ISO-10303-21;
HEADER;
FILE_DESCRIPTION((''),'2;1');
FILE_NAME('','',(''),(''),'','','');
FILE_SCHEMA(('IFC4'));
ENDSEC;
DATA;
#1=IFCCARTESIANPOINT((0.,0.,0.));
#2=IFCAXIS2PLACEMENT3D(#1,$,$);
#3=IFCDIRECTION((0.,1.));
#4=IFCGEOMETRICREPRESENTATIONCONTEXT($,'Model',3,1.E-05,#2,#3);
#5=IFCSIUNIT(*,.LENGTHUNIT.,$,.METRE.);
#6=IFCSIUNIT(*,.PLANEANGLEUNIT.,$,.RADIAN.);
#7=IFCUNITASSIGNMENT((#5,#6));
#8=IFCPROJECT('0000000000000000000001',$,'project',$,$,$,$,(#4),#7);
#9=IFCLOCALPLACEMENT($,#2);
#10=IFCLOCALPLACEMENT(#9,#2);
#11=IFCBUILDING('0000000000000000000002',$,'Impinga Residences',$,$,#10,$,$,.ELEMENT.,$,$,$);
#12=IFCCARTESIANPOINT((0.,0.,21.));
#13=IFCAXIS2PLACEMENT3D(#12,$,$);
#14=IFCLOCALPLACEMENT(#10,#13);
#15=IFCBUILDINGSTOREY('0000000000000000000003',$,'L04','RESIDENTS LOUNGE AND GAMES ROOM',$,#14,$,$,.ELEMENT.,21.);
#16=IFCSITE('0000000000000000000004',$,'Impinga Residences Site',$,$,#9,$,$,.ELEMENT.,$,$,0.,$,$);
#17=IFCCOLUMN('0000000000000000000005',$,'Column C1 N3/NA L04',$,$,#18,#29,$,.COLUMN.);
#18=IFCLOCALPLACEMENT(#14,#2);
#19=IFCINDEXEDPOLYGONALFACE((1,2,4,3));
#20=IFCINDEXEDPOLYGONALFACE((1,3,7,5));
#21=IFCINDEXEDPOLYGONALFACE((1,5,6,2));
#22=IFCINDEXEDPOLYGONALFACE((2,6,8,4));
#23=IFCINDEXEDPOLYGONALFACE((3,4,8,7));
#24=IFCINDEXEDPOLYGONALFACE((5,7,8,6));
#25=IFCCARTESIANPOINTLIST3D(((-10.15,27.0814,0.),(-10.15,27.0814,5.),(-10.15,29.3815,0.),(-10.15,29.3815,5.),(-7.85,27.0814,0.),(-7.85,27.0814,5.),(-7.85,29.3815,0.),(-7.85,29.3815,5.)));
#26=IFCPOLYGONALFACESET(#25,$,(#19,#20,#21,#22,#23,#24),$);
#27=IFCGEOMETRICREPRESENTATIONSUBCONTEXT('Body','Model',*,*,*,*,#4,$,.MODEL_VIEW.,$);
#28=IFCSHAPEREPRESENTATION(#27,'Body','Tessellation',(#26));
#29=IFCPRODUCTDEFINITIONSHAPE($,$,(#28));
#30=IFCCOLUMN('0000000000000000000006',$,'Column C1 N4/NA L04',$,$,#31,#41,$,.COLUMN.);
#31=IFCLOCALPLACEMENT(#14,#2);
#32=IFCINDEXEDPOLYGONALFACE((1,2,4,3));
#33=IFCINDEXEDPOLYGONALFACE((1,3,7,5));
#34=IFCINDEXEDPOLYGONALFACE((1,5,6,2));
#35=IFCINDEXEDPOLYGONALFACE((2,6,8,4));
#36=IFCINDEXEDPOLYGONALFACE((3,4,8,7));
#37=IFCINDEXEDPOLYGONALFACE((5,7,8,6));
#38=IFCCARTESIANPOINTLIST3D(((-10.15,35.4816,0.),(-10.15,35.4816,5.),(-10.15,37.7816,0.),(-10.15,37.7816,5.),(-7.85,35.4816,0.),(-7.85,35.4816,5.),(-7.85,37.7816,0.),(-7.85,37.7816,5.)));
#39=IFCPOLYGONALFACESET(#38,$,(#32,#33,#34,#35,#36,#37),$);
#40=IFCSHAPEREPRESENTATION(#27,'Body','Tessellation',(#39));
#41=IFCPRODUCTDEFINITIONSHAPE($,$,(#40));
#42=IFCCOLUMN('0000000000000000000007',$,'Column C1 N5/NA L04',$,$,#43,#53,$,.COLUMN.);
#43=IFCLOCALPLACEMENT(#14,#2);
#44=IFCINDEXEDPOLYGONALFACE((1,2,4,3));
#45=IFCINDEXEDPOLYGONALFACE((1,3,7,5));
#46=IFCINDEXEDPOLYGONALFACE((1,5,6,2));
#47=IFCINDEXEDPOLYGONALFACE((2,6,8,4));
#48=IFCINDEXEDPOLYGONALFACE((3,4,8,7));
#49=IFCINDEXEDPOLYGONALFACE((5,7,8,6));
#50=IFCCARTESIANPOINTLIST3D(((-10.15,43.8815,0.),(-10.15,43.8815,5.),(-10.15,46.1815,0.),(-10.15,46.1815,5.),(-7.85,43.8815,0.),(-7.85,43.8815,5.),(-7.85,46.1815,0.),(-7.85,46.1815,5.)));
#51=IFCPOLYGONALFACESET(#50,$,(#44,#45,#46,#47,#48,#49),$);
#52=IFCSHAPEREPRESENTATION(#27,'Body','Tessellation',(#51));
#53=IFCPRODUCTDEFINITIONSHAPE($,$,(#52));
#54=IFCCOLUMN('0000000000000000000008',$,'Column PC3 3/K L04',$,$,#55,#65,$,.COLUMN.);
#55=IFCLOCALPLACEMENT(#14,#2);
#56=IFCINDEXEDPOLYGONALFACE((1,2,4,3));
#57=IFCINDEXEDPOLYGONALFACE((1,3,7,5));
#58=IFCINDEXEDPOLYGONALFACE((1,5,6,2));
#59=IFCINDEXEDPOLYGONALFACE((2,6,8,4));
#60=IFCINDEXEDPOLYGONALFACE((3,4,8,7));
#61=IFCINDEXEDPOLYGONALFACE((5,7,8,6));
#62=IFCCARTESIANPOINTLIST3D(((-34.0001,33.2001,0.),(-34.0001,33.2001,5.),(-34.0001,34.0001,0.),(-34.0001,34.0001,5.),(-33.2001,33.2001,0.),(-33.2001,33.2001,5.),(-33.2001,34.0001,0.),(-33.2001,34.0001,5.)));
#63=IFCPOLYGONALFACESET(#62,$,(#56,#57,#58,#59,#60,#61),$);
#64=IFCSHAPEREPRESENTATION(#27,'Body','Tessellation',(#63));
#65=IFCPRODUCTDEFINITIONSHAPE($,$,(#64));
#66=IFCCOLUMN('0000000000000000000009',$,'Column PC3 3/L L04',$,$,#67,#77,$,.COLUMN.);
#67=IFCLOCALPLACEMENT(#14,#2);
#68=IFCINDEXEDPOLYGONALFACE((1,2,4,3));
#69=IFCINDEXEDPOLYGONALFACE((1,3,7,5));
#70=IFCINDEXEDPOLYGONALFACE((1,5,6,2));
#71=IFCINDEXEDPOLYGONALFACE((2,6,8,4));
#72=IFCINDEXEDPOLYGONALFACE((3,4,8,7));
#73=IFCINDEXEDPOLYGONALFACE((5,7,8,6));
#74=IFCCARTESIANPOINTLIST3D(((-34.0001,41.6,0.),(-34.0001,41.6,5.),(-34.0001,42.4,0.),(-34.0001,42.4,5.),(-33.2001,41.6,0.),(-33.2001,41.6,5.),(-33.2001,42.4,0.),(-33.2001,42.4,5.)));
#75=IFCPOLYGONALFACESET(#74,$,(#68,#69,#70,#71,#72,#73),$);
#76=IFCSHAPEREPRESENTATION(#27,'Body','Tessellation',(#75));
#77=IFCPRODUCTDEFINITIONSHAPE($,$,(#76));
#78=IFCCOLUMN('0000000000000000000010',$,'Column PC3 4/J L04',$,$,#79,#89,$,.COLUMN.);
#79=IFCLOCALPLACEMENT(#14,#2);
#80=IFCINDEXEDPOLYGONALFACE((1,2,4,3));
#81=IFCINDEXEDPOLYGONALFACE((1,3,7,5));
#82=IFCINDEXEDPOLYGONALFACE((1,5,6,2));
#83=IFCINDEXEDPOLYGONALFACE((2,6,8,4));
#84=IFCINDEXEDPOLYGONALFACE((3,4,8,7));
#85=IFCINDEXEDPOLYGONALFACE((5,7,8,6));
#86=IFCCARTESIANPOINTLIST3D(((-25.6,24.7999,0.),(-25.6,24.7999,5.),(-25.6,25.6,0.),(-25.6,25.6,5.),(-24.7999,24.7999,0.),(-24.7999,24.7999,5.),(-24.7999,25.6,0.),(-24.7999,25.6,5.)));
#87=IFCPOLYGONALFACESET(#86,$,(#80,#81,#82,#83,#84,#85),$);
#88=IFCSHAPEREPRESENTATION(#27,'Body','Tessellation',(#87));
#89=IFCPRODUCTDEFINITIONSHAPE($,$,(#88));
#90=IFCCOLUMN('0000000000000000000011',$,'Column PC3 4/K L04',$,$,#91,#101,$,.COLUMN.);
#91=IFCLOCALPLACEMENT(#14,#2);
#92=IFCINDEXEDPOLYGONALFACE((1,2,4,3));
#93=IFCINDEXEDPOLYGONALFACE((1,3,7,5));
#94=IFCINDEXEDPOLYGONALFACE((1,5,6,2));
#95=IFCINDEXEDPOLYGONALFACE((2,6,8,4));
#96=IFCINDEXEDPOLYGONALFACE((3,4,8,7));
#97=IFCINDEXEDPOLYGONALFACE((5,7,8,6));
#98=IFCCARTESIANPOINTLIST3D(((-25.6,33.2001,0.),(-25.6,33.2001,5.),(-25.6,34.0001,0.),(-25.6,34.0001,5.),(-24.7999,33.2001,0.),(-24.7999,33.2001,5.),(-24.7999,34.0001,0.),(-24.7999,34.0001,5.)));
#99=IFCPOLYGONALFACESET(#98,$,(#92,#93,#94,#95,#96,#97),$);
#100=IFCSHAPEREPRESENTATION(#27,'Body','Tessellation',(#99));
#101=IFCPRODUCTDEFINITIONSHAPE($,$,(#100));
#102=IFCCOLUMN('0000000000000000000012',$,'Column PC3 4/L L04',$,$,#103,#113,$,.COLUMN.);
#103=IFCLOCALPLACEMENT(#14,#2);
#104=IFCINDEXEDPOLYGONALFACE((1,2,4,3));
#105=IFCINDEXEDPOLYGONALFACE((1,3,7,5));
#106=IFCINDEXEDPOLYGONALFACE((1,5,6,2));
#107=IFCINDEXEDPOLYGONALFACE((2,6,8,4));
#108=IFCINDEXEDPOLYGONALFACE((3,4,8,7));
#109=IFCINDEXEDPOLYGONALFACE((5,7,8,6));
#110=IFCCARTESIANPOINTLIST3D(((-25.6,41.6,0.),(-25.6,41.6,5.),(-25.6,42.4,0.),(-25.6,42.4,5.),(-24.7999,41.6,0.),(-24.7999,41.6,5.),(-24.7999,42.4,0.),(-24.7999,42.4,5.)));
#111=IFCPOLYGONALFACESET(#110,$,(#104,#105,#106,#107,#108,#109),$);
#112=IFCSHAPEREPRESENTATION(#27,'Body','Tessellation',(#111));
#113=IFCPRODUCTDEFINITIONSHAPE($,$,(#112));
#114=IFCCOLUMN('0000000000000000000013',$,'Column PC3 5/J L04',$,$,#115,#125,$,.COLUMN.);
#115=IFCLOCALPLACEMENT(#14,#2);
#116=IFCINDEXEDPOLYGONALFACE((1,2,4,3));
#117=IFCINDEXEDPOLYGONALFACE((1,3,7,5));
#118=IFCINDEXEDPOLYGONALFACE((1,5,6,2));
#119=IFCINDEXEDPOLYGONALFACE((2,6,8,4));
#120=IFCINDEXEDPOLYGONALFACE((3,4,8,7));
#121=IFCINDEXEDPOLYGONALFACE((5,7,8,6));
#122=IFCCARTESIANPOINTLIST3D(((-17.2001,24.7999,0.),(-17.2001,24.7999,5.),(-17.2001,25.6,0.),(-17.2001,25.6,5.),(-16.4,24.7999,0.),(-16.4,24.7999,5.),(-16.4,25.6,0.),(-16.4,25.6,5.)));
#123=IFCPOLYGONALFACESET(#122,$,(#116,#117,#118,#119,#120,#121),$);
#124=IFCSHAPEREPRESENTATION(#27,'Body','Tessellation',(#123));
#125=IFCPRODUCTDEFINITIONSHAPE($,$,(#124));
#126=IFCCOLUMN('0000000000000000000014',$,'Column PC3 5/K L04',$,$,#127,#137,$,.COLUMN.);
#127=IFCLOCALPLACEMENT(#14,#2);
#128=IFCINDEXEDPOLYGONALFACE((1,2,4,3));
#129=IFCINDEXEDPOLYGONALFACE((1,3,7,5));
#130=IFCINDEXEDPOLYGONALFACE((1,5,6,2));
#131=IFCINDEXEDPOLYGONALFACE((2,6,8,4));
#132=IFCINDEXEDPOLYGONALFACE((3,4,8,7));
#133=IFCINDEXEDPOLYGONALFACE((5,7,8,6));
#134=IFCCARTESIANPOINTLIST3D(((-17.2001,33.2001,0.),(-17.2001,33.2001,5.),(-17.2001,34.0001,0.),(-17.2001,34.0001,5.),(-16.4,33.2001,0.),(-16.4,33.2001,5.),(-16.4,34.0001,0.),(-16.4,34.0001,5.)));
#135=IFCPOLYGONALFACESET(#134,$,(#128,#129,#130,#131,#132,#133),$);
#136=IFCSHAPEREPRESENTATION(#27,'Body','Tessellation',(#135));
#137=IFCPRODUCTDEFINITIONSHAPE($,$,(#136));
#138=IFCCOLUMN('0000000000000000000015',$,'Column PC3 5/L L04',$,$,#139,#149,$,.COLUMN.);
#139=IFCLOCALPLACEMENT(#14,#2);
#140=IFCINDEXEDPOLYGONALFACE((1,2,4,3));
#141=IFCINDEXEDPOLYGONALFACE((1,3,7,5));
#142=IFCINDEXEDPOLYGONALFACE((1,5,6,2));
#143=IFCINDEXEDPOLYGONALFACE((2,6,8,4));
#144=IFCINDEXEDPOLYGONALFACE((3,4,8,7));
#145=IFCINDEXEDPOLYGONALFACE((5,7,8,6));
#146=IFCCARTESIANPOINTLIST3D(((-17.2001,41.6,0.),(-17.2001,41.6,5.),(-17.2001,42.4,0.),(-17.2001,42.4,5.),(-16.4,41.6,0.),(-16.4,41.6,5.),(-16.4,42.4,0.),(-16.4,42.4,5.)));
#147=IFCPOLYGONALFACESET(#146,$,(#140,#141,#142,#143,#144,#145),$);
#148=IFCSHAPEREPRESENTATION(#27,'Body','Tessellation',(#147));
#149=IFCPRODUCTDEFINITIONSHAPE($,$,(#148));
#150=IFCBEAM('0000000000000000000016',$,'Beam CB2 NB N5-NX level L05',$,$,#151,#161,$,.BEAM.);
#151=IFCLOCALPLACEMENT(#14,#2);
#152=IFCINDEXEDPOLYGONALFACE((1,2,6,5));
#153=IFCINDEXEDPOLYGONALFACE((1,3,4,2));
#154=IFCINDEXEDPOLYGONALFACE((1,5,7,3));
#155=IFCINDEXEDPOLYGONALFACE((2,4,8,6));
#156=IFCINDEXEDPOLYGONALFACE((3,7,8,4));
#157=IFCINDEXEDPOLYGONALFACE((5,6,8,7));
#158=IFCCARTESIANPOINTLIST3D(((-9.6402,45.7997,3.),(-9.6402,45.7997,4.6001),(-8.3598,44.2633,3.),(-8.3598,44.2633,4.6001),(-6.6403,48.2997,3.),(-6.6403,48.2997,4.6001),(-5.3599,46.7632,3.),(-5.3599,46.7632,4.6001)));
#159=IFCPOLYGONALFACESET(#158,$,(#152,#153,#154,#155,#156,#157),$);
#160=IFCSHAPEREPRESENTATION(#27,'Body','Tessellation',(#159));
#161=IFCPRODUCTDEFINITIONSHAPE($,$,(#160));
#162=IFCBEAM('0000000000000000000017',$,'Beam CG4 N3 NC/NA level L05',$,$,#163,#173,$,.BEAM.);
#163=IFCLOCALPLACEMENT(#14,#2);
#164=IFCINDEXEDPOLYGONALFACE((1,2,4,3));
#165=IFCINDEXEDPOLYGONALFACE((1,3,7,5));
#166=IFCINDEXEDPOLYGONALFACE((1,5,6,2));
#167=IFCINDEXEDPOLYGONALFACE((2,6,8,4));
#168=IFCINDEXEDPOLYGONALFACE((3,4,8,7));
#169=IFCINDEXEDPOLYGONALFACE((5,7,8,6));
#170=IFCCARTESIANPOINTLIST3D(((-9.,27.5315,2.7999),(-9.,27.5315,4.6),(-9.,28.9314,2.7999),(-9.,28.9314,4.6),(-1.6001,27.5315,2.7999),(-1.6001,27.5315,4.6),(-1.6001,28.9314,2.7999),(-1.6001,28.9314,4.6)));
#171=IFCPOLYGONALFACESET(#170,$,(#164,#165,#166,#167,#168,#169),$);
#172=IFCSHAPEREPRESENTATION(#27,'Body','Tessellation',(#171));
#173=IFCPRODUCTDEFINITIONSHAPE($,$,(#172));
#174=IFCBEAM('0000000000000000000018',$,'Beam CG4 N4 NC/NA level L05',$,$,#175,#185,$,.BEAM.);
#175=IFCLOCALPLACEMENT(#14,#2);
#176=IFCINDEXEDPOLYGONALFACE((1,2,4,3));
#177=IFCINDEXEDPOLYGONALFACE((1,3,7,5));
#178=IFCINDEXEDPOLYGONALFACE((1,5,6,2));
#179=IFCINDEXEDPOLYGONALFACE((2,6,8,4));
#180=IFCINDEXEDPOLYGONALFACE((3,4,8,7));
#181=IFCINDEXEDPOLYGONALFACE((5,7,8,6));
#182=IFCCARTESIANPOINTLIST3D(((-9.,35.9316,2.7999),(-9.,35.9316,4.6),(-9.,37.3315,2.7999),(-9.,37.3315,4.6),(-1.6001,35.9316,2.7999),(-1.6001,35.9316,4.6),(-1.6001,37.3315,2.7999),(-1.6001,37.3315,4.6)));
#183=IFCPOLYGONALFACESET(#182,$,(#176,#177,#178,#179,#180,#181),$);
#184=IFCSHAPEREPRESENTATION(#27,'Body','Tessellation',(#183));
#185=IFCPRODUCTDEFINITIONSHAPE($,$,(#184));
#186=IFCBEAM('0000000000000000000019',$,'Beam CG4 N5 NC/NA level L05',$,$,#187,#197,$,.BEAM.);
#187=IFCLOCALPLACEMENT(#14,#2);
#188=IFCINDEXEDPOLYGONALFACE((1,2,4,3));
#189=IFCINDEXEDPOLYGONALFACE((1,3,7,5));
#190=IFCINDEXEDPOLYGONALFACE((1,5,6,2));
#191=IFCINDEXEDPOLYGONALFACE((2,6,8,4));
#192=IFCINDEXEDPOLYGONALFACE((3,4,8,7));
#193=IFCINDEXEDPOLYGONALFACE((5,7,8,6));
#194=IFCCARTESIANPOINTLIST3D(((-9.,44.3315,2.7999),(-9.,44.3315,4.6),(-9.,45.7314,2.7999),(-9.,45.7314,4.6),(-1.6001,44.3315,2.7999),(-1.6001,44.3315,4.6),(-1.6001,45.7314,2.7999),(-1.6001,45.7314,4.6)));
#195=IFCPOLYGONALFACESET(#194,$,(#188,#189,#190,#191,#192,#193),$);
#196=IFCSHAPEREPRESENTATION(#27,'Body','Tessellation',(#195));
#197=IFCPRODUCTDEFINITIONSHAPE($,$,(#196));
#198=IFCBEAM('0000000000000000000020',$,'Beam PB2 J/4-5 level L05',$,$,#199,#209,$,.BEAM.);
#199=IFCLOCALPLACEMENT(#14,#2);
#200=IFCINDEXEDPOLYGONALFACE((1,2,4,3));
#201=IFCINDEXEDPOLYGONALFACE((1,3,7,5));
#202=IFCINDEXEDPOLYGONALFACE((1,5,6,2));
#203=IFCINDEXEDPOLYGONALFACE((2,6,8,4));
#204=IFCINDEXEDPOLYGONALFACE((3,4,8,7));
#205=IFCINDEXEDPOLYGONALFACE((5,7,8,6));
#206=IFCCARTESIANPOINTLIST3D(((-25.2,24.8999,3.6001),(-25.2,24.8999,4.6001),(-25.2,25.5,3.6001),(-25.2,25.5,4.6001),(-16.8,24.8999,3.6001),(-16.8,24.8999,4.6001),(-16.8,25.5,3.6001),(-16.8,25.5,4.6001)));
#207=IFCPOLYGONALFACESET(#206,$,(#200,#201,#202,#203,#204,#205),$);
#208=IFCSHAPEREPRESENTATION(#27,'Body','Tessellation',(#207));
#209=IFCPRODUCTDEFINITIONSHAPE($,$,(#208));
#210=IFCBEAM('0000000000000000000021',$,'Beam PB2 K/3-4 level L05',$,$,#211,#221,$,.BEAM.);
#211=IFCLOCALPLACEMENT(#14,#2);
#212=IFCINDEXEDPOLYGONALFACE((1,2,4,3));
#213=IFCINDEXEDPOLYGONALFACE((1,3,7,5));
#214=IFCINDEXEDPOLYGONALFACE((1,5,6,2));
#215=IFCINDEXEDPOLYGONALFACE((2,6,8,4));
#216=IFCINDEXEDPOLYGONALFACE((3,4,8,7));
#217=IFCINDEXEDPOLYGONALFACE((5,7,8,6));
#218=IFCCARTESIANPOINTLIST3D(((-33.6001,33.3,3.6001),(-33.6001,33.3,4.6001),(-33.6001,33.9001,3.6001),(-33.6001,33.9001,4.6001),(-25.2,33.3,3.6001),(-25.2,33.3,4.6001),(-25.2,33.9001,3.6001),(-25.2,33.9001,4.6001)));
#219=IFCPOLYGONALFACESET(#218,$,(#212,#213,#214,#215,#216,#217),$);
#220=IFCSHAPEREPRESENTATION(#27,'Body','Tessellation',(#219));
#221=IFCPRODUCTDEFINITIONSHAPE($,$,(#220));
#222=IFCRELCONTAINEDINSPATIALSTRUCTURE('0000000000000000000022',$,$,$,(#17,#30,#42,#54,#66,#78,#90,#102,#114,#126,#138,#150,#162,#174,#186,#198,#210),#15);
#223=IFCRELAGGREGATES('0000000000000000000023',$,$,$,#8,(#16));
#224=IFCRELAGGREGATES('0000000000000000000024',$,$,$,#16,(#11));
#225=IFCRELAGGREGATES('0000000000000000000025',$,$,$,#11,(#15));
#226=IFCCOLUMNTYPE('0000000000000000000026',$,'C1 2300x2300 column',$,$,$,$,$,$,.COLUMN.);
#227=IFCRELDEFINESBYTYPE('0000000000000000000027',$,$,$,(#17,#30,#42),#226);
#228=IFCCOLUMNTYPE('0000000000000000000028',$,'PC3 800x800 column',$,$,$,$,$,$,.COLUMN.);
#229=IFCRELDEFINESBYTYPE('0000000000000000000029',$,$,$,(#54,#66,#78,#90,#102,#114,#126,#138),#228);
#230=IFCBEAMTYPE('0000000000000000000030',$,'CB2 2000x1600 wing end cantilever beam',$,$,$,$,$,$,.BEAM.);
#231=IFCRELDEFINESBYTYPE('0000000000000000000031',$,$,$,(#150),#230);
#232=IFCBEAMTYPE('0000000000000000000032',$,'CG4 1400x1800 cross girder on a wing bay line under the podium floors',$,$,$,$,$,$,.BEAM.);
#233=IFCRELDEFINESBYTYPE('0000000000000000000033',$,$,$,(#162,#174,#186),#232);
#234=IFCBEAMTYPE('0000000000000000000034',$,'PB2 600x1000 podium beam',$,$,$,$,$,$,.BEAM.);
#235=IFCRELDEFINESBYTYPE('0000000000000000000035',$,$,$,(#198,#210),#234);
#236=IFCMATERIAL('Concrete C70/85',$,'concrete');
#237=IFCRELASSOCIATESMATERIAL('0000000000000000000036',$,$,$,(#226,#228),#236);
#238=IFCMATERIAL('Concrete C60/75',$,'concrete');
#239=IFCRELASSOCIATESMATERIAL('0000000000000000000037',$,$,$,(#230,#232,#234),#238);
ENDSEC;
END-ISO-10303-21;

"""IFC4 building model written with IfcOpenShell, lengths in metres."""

from ifc_helpers import new_model, si_unit, direction, frame, origin, origin_2d, place, context, subcontext, project, spatial, rectangle, extrude, material, material_profile, profile_set, type_object, element, save


model = new_model("IFC4")

# Units and contexts
model_context = context("Model", 3, precision=1e-05, world=origin(), true_north=direction((0.0, 1.0)))
body_context = subcontext(model_context, "Body", "Model", "MODEL_VIEW")
ifc_project = project(units=[si_unit("LENGTHUNIT", "METRE"), si_unit("PLANEANGLEUNIT", "RADIAN")], contexts=[model_context])

# Site, building, storey
site_placement = place(None, origin())
site = spatial("IfcSite", under=ifc_project, at=site_placement, Name="Impinga Residences Site", CompositionType="ELEMENT", RefElevation=0.0)
building_placement = place(site_placement, origin())
building = spatial("IfcBuilding", under=site, at=building_placement, Name="Impinga Residences", CompositionType="ELEMENT")
storey_placement = place(building_placement, frame((0.0, 0.0, 21.0)))
storey = spatial("IfcBuildingStorey", under=building, at=storey_placement, Name="L04", Description="RESIDENTS LOUNGE AND GAMES ROOM", CompositionType="ELEMENT", Elevation=21.0)

# Columns
ifc_material_1 = material(Name="Concrete C70/85", Category="concrete")
ifc_material_profile_1 = material_profile(ifc_material_1, rectangle(XDim=2.3, YDim=2.3, at=origin_2d()), Name="RC 2300x2300")
ifc_profile_set_1 = profile_set([ifc_material_profile_1], Name="Concrete C70/85")
column_type_1 = type_object("IfcColumnType", Name="C1 2300x2300 column", PredefinedType="COLUMN", material=ifc_profile_set_1)
for number, where, z_axis, x_axis, name in (
    (1, (-9.0, 28.2314, 0.0), (0.0, 0.0, 1.0), (1.0, 0.0, 0.0), "Column C1 N3/NA L04"),
    (2, (-9.0, 36.6316, 0.0), (0.0, 0.0, 1.0), (1.0, 0.0, 0.0), "Column C1 N4/NA L04"),
    (3, (-9.0, 45.0315, 0.0), (0.0, 0.0, 1.0), (1.0, 0.0, 0.0), "Column C1 N5/NA L04"),
):
    element("IfcColumn", number, at=place(storey_placement, frame(where, z_axis=z_axis, x_axis=x_axis)), inside=storey, type_object=column_type_1, Name=name, PredefinedType="COLUMN", context=body_context, shape_type="SweptSolid", body=[
        extrude(rectangle(XDim=2.3, YDim=2.3, at=origin_2d()), origin(), (0.0, 0.0, 1.0), 5.0),
    ])
ifc_material_profile_2 = material_profile(ifc_material_1, rectangle(XDim=0.8, YDim=0.8, at=origin_2d()), Name="RC 800x800")
ifc_profile_set_2 = profile_set([ifc_material_profile_2], Name="Concrete C70/85")
column_type_2 = type_object("IfcColumnType", Name="PC3 800x800 column", PredefinedType="COLUMN", material=ifc_profile_set_2)
for number, where, z_axis, x_axis, name in (
    (4, (-33.6001, 33.6001, 0.0), (0.0, 0.0, 1.0), (1.0, 0.0, 0.0), "Column PC3 3/K L04"),
    (5, (-33.6001, 42.0, 0.0), (0.0, 0.0, 1.0), (1.0, 0.0, 0.0), "Column PC3 3/L L04"),
    (6, (-25.2, 25.2, 0.0), (0.0, 0.0, 1.0), (1.0, 0.0, 0.0), "Column PC3 4/J L04"),
    (7, (-25.2, 33.6001, 0.0), (0.0, 0.0, 1.0), (1.0, 0.0, 0.0), "Column PC3 4/K L04"),
    (8, (-25.2, 42.0, 0.0), (0.0, 0.0, 1.0), (1.0, 0.0, 0.0), "Column PC3 4/L L04"),
    (9, (-16.8, 25.2, 0.0), (0.0, 0.0, 1.0), (1.0, 0.0, 0.0), "Column PC3 5/J L04"),
    (10, (-16.8, 33.6001, 0.0), (0.0, 0.0, 1.0), (1.0, 0.0, 0.0), "Column PC3 5/K L04"),
    (11, (-16.8, 42.0, 0.0), (0.0, 0.0, 1.0), (1.0, 0.0, 0.0), "Column PC3 5/L L04"),
):
    element("IfcColumn", number, at=place(storey_placement, frame(where, z_axis=z_axis, x_axis=x_axis)), inside=storey, type_object=column_type_2, Name=name, PredefinedType="COLUMN", context=body_context, shape_type="SweptSolid", body=[
        extrude(rectangle(XDim=0.8, YDim=0.8, at=origin_2d()), origin(), (0.0, 0.0, 1.0), 5.0),
    ])

# Beams
ifc_material_2 = material(Name="Concrete C60/75", Category="concrete")
ifc_material_profile_3 = material_profile(ifc_material_2, rectangle(XDim=2.0, YDim=1.6001, at=origin_2d()), Name="RC 2000x1600")
ifc_profile_set_3 = profile_set([ifc_material_profile_3], Name="Concrete C60/75")
beam_type_1 = type_object("IfcBeamType", Name="CB2 2000x1600 wing end cantilever beam", PredefinedType="BEAM", material=ifc_profile_set_3)
beam_1_placement = place(storey_placement, frame((-9.0, 45.0315, 3.8), z_axis=(0.768221, 0.640184, 0.0), x_axis=(-0.640184, 0.768221, 0.0)))
element("IfcBeam", 12, at=beam_1_placement, inside=storey, type_object=beam_type_1, Name="Beam CB2 NB N5-NX level L05", PredefinedType="BEAM", context=body_context, shape_type="SweptSolid", body=[
    extrude(rectangle(XDim=2.0, YDim=1.6001, at=origin_2d()), origin(), (0.0, 0.0, 1.0), 3.905),
])
ifc_material_profile_4 = material_profile(ifc_material_2, rectangle(XDim=1.3999, YDim=1.8, at=origin_2d()), Name="RC 1400x1800")
ifc_profile_set_4 = profile_set([ifc_material_profile_4], Name="Concrete C60/75")
beam_type_2 = type_object("IfcBeamType", Name="CG4 1400x1800 cross girder on a wing bay line under the podium floors", PredefinedType="BEAM", material=ifc_profile_set_4)
for number, where, z_axis, x_axis, name in (
    (13, (-1.6001, 28.2314, 3.7), (-1.0, 0.0, 0.0), (0.0, -1.0, 0.0), "Beam CG4 N3 NC/NA level L05"),
    (14, (-1.6001, 36.6316, 3.7), (-1.0, 0.0, 0.0), (0.0, -1.0, 0.0), "Beam CG4 N4 NC/NA level L05"),
    (15, (-1.6001, 45.0315, 3.7), (-1.0, 0.0, 0.0), (0.0, -1.0, 0.0), "Beam CG4 N5 NC/NA level L05"),
):
    element("IfcBeam", number, at=place(storey_placement, frame(where, z_axis=z_axis, x_axis=x_axis)), inside=storey, type_object=beam_type_2, Name=name, PredefinedType="BEAM", context=body_context, shape_type="SweptSolid", body=[
        extrude(rectangle(XDim=1.3999, YDim=1.8, at=origin_2d()), origin(), (0.0, 0.0, 1.0), 7.3999),
    ])
ifc_material_profile_5 = material_profile(ifc_material_2, rectangle(XDim=0.6001, YDim=1.0, at=origin_2d()), Name="RC 600x1000")
ifc_profile_set_5 = profile_set([ifc_material_profile_5], Name="Concrete C60/75")
beam_type_3 = type_object("IfcBeamType", Name="PB2 600x1000 podium beam", PredefinedType="BEAM", material=ifc_profile_set_5)
beam_2_placement = place(storey_placement, frame((-25.2, 25.2, 4.1001), z_axis=(1.0, 0.0, 0.0), x_axis=(0.0, 1.0, 0.0)))
element("IfcBeam", 16, at=beam_2_placement, inside=storey, type_object=beam_type_3, Name="Beam PB2 J/4-5 level L05", PredefinedType="BEAM", context=body_context, shape_type="SweptSolid", body=[
    extrude(rectangle(XDim=0.6001, YDim=1.0, at=origin_2d()), origin(), (0.0, 0.0, 1.0), 8.3999),
])
beam_3_placement = place(storey_placement, frame((-33.6001, 33.6001, 4.1001), z_axis=(1.0, 0.0, 0.0), x_axis=(0.0, 1.0, 0.0)))
element("IfcBeam", 17, at=beam_3_placement, inside=storey, type_object=beam_type_3, Name="Beam PB2 K/3-4 level L05", PredefinedType="BEAM", context=body_context, shape_type="SweptSolid", body=[
    extrude(rectangle(XDim=0.6001, YDim=1.0, at=origin_2d()), origin(), (0.0, 0.0, 1.0), 8.4001),
])

save(model, "model.ifc")
